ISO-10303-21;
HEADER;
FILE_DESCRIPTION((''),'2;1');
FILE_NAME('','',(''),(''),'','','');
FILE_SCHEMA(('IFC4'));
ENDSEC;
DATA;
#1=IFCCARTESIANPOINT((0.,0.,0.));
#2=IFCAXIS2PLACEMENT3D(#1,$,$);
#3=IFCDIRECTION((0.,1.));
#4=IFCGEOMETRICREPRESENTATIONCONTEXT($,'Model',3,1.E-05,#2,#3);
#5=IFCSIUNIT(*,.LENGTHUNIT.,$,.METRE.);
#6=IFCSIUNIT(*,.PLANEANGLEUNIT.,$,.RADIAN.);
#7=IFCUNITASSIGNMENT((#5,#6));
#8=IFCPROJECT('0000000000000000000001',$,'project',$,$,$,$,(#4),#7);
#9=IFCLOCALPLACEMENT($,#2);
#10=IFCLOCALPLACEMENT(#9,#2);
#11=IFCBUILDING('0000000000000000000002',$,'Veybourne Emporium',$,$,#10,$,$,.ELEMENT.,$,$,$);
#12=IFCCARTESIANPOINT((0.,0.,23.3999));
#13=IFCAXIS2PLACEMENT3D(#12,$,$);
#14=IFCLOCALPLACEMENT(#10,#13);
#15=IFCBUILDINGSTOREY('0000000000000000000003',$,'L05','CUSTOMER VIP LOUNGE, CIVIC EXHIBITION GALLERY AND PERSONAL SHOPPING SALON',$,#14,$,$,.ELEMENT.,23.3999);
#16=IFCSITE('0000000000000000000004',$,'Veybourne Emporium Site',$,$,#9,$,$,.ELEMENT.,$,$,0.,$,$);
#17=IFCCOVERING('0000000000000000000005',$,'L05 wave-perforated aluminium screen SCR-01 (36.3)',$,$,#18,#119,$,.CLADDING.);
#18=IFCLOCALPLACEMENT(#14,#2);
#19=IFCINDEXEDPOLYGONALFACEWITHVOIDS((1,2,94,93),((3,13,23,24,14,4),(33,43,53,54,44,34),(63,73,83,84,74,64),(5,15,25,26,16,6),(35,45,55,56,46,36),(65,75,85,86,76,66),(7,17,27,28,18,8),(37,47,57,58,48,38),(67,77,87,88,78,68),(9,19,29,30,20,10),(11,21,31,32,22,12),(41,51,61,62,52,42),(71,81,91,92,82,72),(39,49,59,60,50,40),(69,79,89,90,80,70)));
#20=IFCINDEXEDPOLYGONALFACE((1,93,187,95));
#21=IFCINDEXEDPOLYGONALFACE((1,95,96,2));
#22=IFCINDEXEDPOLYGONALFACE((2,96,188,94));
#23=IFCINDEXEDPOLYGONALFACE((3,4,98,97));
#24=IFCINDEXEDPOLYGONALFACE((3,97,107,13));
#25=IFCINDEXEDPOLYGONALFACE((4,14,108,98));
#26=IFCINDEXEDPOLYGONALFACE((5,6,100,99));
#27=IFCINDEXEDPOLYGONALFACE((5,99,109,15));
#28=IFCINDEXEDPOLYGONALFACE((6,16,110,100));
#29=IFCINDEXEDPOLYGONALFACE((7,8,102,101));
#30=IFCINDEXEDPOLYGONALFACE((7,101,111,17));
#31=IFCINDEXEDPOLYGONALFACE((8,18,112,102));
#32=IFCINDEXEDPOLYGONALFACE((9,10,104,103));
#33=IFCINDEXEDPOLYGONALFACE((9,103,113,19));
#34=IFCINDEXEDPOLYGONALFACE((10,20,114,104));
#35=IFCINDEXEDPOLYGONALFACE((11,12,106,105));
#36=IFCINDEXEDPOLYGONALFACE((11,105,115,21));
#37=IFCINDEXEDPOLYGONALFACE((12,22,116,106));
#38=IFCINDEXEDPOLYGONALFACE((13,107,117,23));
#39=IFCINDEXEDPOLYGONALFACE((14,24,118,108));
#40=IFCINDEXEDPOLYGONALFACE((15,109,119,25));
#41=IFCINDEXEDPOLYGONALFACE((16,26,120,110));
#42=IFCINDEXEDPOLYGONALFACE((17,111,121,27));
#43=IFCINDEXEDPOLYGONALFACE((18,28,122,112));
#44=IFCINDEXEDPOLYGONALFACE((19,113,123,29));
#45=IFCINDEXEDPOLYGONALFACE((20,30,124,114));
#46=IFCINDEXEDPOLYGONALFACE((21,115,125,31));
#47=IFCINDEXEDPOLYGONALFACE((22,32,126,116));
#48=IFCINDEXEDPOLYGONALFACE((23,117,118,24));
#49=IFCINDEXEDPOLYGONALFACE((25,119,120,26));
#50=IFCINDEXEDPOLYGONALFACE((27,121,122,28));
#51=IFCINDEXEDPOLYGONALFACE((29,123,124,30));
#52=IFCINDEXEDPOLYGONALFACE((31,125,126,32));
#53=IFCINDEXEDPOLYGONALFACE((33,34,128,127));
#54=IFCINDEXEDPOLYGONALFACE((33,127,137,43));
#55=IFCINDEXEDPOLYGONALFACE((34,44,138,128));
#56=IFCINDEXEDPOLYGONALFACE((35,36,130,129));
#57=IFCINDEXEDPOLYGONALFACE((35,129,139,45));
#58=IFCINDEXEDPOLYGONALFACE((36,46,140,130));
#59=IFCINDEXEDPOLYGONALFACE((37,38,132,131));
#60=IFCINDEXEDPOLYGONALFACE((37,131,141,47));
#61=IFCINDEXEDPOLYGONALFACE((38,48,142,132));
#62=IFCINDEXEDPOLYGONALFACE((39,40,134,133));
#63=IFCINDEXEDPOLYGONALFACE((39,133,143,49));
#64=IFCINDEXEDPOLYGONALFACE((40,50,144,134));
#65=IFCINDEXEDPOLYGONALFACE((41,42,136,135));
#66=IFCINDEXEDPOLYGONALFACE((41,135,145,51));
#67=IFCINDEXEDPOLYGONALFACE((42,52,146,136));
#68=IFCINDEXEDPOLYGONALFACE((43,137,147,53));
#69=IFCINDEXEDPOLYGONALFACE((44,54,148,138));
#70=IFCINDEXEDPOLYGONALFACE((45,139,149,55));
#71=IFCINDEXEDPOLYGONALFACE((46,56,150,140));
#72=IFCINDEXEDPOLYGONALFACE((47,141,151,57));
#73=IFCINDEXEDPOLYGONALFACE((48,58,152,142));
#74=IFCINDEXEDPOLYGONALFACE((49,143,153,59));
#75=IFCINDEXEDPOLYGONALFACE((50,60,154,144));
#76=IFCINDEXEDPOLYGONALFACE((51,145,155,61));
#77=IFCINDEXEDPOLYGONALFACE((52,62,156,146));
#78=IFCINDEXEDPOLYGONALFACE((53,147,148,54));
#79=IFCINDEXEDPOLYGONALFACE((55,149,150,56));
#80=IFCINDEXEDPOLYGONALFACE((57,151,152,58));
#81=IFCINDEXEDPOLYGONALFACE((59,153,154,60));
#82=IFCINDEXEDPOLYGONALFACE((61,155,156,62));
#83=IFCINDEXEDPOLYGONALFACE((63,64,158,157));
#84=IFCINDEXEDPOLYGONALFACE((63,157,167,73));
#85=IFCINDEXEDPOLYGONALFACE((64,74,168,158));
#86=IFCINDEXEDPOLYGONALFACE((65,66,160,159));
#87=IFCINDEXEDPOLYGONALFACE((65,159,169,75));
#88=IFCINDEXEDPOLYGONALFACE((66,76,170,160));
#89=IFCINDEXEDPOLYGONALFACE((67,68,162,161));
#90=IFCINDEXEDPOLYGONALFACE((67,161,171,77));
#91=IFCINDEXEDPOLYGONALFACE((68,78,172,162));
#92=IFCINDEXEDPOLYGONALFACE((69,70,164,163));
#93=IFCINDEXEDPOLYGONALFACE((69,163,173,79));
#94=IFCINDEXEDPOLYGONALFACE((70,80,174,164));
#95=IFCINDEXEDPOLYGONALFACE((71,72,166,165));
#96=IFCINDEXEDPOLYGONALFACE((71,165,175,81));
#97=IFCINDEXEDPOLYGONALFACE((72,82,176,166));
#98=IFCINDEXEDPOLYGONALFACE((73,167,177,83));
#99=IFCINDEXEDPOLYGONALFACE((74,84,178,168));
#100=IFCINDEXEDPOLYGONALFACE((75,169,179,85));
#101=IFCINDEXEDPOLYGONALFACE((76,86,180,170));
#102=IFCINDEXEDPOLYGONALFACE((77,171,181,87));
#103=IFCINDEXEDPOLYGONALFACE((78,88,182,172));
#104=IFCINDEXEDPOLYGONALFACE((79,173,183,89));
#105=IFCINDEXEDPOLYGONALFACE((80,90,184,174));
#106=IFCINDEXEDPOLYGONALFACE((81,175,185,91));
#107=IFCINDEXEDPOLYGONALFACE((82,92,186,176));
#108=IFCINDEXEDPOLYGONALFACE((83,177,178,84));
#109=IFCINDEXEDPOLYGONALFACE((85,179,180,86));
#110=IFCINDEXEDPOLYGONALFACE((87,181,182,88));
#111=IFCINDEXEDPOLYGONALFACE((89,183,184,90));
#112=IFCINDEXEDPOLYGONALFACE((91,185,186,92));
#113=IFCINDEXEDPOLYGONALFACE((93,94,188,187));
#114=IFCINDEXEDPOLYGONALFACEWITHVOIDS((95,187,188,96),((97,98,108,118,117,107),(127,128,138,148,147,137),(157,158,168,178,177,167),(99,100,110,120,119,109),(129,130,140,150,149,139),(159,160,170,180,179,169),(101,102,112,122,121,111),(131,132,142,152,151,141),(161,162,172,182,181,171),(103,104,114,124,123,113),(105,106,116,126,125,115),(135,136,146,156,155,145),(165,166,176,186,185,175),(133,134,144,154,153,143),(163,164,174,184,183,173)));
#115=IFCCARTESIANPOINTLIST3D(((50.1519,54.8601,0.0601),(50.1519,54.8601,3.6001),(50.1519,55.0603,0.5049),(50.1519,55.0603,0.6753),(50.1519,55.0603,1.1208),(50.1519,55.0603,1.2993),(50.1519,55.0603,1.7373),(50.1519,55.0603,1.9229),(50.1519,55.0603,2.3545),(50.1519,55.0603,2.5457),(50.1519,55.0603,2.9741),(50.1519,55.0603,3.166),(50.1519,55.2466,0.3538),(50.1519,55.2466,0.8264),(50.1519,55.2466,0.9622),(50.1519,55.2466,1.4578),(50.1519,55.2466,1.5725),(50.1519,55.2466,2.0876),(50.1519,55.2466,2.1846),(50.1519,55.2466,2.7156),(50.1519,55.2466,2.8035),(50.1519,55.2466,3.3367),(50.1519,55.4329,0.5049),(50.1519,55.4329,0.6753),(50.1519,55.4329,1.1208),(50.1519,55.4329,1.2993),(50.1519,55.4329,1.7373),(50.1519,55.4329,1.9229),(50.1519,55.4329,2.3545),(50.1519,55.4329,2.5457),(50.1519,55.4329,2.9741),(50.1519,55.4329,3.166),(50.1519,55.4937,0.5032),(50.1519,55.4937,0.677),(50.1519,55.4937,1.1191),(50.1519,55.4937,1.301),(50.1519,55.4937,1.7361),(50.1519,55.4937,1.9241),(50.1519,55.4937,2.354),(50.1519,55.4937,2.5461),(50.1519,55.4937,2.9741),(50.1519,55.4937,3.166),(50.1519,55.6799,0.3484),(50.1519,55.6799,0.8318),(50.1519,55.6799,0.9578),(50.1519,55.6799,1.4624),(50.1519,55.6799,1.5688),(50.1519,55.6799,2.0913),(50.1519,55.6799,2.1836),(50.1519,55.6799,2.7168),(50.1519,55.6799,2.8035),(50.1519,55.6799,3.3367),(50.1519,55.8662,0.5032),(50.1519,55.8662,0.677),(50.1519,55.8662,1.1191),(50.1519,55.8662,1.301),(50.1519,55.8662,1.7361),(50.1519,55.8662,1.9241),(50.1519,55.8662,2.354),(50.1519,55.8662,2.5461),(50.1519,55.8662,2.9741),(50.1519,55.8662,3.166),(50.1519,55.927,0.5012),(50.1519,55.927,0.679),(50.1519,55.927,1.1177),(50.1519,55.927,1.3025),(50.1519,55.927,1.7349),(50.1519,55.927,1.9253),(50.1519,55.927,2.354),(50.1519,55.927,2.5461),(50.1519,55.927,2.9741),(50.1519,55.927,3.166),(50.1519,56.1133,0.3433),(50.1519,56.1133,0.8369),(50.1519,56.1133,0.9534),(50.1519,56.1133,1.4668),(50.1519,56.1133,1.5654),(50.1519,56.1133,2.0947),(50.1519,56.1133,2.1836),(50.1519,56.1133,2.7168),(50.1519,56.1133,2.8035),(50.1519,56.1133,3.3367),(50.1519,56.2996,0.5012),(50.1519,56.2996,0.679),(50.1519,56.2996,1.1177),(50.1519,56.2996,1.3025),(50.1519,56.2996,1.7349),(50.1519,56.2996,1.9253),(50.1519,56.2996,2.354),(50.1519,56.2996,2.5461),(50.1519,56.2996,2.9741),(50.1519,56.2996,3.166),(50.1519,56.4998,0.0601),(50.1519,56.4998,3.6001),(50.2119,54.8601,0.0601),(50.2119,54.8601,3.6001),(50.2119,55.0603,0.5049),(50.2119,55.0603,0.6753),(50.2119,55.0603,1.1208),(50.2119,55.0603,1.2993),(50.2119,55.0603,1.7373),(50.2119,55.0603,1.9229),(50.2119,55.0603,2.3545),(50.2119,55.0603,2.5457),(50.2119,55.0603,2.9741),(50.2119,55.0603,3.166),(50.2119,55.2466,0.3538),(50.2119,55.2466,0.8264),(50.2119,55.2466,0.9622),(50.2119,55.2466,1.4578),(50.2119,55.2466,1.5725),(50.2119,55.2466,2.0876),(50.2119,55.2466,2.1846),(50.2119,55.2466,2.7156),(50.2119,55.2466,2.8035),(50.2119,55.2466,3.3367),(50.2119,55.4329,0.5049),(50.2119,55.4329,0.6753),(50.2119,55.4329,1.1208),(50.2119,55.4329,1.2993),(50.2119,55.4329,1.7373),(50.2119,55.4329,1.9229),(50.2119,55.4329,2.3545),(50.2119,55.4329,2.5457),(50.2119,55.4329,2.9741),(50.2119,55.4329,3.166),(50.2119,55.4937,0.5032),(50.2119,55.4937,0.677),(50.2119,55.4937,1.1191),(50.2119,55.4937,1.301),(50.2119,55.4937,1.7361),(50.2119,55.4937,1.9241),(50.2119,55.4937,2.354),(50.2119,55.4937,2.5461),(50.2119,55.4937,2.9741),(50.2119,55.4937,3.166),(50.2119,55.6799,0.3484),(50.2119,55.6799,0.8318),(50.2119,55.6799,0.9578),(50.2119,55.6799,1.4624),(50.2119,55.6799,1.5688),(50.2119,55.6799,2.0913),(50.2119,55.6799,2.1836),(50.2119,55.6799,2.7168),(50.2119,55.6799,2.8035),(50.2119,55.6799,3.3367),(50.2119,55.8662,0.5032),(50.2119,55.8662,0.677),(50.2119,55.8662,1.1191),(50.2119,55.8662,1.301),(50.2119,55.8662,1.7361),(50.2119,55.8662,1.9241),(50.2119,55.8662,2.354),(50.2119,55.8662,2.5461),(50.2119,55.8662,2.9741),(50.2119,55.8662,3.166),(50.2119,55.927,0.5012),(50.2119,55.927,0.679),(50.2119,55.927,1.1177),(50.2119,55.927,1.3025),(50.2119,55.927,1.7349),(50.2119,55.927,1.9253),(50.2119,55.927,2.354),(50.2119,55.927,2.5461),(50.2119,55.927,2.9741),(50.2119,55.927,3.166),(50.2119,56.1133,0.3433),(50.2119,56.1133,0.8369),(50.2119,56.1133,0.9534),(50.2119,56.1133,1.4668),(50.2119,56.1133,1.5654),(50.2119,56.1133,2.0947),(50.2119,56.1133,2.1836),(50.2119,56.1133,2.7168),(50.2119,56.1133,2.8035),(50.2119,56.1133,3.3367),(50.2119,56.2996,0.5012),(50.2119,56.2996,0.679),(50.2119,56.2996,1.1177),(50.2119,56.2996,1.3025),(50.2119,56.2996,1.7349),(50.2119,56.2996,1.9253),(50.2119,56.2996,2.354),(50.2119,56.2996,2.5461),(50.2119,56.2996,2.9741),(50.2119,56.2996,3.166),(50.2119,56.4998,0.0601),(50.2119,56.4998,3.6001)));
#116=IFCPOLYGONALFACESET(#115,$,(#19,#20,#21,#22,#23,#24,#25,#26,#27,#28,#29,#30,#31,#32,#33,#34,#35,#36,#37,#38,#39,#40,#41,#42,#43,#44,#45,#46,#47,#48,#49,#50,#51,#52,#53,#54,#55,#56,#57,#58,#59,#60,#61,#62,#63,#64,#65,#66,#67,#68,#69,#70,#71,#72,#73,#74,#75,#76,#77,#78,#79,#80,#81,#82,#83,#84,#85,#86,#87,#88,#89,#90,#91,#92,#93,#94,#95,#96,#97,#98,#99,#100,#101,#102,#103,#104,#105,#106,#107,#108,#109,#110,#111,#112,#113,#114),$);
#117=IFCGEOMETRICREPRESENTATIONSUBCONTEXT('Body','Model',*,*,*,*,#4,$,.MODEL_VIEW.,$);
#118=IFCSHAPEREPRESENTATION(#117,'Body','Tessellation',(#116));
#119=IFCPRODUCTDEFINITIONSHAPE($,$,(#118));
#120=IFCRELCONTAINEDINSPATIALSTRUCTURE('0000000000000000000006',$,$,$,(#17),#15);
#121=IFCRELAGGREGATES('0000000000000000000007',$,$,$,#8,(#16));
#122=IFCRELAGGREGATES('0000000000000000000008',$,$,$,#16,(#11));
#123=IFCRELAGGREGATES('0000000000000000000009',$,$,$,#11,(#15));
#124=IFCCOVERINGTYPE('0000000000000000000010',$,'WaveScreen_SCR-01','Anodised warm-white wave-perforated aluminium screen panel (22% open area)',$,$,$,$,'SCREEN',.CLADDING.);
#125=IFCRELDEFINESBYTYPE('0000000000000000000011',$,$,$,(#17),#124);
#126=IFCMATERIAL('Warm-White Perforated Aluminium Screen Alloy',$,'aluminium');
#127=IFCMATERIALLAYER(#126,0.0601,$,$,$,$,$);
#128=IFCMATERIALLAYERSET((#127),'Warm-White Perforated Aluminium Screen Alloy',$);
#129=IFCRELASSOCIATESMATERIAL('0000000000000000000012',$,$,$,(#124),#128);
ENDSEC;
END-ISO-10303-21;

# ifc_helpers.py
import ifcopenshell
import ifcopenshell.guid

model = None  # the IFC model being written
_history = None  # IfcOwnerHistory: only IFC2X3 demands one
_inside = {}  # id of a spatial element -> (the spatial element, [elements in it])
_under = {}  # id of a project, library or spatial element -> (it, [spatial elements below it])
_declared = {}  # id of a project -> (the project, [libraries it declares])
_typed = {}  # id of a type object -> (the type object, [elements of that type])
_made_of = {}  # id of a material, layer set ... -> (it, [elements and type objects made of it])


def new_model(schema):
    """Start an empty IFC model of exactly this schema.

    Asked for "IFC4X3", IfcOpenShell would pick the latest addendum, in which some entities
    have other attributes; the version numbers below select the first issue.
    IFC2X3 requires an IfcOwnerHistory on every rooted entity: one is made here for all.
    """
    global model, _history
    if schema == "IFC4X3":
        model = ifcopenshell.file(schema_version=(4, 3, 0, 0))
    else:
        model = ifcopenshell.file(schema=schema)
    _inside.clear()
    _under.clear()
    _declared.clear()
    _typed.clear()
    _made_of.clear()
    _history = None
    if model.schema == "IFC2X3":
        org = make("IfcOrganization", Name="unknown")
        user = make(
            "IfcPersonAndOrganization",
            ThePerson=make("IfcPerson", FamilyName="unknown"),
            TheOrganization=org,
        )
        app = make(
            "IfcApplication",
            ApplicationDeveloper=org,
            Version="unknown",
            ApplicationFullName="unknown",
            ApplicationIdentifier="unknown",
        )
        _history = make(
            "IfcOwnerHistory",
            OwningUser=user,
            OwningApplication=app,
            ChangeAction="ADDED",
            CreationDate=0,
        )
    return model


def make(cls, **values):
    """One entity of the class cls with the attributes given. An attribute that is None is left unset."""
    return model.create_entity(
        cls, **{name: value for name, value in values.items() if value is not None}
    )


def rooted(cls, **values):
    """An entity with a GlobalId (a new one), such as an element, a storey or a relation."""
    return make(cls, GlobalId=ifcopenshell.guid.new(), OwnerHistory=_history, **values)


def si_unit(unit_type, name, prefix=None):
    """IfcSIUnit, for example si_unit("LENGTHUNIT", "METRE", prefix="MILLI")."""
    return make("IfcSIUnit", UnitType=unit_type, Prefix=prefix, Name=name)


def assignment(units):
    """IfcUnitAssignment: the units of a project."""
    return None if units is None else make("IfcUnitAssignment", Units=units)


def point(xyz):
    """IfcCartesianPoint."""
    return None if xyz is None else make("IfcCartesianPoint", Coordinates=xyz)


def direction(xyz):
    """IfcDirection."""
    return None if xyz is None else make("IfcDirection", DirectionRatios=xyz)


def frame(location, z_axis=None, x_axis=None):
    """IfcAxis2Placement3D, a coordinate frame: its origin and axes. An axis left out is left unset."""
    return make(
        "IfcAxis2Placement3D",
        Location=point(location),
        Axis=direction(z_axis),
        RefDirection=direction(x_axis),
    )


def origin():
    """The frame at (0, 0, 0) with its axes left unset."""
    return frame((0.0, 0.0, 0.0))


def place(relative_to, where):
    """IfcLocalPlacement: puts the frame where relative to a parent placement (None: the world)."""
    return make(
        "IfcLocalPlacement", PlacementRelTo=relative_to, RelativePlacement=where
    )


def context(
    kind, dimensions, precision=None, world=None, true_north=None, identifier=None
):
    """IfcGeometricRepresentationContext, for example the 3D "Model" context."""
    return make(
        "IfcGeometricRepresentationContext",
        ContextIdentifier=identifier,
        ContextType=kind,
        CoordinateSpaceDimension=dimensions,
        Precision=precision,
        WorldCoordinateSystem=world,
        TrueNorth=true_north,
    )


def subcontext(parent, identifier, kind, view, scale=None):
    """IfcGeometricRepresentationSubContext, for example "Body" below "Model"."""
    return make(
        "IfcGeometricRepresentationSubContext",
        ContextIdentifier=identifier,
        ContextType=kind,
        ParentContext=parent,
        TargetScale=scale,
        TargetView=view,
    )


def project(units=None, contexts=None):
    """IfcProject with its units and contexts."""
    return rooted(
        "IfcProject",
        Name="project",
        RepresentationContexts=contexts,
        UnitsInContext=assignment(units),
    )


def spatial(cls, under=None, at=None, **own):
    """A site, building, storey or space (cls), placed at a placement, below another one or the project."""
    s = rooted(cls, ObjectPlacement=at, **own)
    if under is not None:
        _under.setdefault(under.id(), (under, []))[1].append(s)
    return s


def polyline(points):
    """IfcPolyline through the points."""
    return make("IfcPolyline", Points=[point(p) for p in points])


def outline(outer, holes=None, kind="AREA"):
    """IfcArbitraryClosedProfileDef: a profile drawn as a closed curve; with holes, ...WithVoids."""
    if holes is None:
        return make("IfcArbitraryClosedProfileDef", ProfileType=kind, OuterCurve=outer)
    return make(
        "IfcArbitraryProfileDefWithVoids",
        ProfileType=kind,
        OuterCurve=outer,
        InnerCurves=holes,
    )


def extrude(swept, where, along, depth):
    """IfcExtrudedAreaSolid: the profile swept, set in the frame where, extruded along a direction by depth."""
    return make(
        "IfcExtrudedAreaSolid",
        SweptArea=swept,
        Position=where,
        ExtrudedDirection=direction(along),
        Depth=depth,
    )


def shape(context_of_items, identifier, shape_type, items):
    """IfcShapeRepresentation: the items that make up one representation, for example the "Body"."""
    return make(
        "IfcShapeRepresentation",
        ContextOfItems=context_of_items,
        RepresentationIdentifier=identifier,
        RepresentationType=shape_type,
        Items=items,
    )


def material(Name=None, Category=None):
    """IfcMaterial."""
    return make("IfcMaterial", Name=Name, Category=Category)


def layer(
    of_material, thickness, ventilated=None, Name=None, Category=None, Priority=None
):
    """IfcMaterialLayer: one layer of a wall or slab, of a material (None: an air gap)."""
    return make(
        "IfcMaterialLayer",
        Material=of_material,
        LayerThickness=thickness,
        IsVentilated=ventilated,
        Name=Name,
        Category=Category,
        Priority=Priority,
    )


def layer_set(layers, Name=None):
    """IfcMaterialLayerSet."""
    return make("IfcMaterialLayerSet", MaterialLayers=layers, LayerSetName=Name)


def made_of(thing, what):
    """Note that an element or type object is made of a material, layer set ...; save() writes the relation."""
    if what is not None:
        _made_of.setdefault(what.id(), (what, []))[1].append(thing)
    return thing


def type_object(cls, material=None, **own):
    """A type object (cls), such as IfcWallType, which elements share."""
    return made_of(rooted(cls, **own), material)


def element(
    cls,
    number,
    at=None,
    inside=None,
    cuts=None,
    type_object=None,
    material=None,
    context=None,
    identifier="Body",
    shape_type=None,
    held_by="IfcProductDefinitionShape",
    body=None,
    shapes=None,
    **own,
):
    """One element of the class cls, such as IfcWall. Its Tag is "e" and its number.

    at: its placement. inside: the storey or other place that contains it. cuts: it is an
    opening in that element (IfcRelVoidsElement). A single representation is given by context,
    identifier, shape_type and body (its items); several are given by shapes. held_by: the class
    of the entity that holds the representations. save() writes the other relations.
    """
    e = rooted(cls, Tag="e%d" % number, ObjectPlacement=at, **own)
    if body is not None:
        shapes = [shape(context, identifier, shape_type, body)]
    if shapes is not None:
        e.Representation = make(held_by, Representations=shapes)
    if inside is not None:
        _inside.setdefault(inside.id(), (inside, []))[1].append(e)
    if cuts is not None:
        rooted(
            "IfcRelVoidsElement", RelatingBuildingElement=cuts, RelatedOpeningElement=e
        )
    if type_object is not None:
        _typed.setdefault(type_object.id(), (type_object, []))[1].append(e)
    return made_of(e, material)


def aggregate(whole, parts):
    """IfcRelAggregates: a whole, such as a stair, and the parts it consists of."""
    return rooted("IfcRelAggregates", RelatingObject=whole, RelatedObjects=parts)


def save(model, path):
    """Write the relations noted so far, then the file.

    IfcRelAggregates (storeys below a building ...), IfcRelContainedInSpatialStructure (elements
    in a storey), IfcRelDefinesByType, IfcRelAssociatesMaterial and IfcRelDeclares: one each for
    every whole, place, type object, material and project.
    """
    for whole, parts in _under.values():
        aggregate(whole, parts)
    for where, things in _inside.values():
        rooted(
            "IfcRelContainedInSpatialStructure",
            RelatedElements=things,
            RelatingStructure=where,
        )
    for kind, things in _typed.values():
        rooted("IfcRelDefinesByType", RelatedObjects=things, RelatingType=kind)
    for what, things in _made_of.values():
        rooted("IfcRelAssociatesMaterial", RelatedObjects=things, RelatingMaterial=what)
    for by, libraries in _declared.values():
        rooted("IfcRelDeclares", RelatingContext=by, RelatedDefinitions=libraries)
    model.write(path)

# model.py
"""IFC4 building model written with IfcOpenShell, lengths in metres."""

from ifc_helpers import new_model, si_unit, direction, frame, origin, place, context, subcontext, project, spatial, polyline, outline, extrude, material, layer, layer_set, type_object, element, save


model = new_model("IFC4")

# Units and contexts
model_context = context("Model", 3, precision=1e-05, world=origin(), true_north=direction((0.0, 1.0)))
body_context = subcontext(model_context, "Body", "Model", "MODEL_VIEW")
ifc_project = project(units=[si_unit("LENGTHUNIT", "METRE"), si_unit("PLANEANGLEUNIT", "RADIAN")], contexts=[model_context])

# Site, building, storey
site_placement = place(None, origin())
site = spatial("IfcSite", under=ifc_project, at=site_placement, Name="Veybourne Emporium Site", CompositionType="ELEMENT", RefElevation=0.0)
building_placement = place(site_placement, origin())
building = spatial("IfcBuilding", under=site, at=building_placement, Name="Veybourne Emporium", CompositionType="ELEMENT")
storey_placement = place(building_placement, frame((0.0, 0.0, 23.3999)))
storey = spatial("IfcBuildingStorey", under=building, at=storey_placement, Name="L05", Description="CUSTOMER VIP LOUNGE, CIVIC EXHIBITION GALLERY AND PERSONAL SHOPPING SALON", CompositionType="ELEMENT", Elevation=23.3999)

# Covering
ifc_material_1 = material(Name="Warm-White Perforated Aluminium Screen Alloy", Category="aluminium")
ifc_layer_1 = layer(ifc_material_1, 0.0601)
ifc_layer_set_1 = layer_set([ifc_layer_1], Name="Warm-White Perforated Aluminium Screen Alloy")
covering_type_1 = type_object("IfcCoveringType", Name="WaveScreen_SCR-01", Description="Anodised warm-white wave-perforated aluminium screen panel (22% open area)", ElementType="SCREEN", PredefinedType="CLADDING", material=ifc_layer_set_1)
covering_1_placement = place(storey_placement, frame((50.1519, 55.6799, 1.8301), z_axis=(1.0, 0.0, 0.0), x_axis=(0.0, 1.0, 0.0)))
element("IfcCovering", 1, at=covering_1_placement, inside=storey, type_object=covering_type_1, Name="L05 wave-perforated aluminium screen SCR-01 (36.3)", PredefinedType="CLADDING", context=body_context, shape_type="SweptSolid", body=[
    extrude(outline(polyline([(-0.8198, -1.77), (0.8198, -1.77), (0.8198, 1.77), (-0.8198, 1.77), (-0.8198, -1.77)]), holes=[polyline([(-0.4333, -1.0037), (-0.2471, -1.1548), (-0.2471, -1.3252), (-0.4333, -1.4763), (-0.6196, -1.3252), (-0.6196, -1.1548), (-0.4333, -1.0037)]), polyline([(-0.4333, -0.3723), (-0.2471, -0.5308), (-0.2471, -0.7092), (-0.4333, -0.8679), (-0.6196, -0.7092), (-0.6196, -0.5308), (-0.4333, -0.3723)]), polyline([(-0.4333, 0.2576), (-0.2471, 0.0928), (-0.2471, -0.0928), (-0.4333, -0.2576), (-0.6196, -0.0928), (-0.6196, 0.0928), (-0.4333, 0.2576)]), polyline([(-0.4333, 0.8855), (-0.2471, 0.7156), (-0.2471, 0.5244), (-0.4333, 0.3545), (-0.6196, 0.5244), (-0.6196, 0.7156), (-0.4333, 0.8855)]), polyline([(-0.4333, 1.5066), (-0.2471, 1.3359), (-0.2471, 1.144), (-0.4333, 0.9734), (-0.6196, 1.144), (-0.6196, 1.3359), (-0.4333, 1.5066)]), polyline([(0.0, -0.9983), (0.1863, -1.1531), (0.1863, -1.3269), (0.0, -1.4817), (-0.1863, -1.3269), (-0.1863, -1.1531), (0.0, -0.9983)]), polyline([(0.0, -0.3677), (0.1863, -0.5291), (0.1863, -0.7109), (0.0, -0.8723), (-0.1863, -0.7109), (-0.1863, -0.5291), (0.0, -0.3677)]), polyline([(0.0, 0.2612), (0.1863, 0.094), (0.1863, -0.094), (0.0, -0.2612), (-0.1863, -0.094), (-0.1863, 0.094), (0.0, 0.2612)]), polyline([(0.0, 0.8867), (0.1863, 0.7161), (0.1863, 0.5239), (0.0, 0.3535), (-0.1863, 0.5239), (-0.1863, 0.7161), (0.0, 0.8867)]), polyline([(0.0, 1.5066), (0.1863, 1.3359), (0.1863, 1.144), (0.0, 0.9734), (-0.1863, 1.144), (-0.1863, 1.3359), (0.0, 1.5066)]), polyline([(0.4333, -0.9932), (0.6196, -1.1511), (0.6196, -1.3289), (0.4333, -1.4868), (0.2471, -1.3289), (0.2471, -1.1511), (0.4333, -0.9932)]), polyline([(0.4333, -0.3633), (0.6196, -0.5276), (0.6196, -0.7124), (0.4333, -0.8767), (0.2471, -0.7124), (0.2471, -0.5276), (0.4333, -0.3633)]), polyline([(0.4333, 0.2646), (0.6196, 0.0952), (0.6196, -0.0952), (0.4333, -0.2646), (0.2471, -0.0952), (0.2471, 0.0952), (0.4333, 0.2646)]), polyline([(0.4333, 0.8867), (0.6196, 0.7161), (0.6196, 0.5239), (0.4333, 0.3535), (0.2471, 0.5239), (0.2471, 0.7161), (0.4333, 0.8867)]), polyline([(0.4333, 1.5066), (0.6196, 1.3359), (0.6196, 1.144), (0.4333, 0.9734), (0.2471, 1.144), (0.2471, 1.3359), (0.4333, 1.5066)])]), origin(), (0.0, 0.0, 1.0), 0.0601),
])

save(model, "model.ifc")
